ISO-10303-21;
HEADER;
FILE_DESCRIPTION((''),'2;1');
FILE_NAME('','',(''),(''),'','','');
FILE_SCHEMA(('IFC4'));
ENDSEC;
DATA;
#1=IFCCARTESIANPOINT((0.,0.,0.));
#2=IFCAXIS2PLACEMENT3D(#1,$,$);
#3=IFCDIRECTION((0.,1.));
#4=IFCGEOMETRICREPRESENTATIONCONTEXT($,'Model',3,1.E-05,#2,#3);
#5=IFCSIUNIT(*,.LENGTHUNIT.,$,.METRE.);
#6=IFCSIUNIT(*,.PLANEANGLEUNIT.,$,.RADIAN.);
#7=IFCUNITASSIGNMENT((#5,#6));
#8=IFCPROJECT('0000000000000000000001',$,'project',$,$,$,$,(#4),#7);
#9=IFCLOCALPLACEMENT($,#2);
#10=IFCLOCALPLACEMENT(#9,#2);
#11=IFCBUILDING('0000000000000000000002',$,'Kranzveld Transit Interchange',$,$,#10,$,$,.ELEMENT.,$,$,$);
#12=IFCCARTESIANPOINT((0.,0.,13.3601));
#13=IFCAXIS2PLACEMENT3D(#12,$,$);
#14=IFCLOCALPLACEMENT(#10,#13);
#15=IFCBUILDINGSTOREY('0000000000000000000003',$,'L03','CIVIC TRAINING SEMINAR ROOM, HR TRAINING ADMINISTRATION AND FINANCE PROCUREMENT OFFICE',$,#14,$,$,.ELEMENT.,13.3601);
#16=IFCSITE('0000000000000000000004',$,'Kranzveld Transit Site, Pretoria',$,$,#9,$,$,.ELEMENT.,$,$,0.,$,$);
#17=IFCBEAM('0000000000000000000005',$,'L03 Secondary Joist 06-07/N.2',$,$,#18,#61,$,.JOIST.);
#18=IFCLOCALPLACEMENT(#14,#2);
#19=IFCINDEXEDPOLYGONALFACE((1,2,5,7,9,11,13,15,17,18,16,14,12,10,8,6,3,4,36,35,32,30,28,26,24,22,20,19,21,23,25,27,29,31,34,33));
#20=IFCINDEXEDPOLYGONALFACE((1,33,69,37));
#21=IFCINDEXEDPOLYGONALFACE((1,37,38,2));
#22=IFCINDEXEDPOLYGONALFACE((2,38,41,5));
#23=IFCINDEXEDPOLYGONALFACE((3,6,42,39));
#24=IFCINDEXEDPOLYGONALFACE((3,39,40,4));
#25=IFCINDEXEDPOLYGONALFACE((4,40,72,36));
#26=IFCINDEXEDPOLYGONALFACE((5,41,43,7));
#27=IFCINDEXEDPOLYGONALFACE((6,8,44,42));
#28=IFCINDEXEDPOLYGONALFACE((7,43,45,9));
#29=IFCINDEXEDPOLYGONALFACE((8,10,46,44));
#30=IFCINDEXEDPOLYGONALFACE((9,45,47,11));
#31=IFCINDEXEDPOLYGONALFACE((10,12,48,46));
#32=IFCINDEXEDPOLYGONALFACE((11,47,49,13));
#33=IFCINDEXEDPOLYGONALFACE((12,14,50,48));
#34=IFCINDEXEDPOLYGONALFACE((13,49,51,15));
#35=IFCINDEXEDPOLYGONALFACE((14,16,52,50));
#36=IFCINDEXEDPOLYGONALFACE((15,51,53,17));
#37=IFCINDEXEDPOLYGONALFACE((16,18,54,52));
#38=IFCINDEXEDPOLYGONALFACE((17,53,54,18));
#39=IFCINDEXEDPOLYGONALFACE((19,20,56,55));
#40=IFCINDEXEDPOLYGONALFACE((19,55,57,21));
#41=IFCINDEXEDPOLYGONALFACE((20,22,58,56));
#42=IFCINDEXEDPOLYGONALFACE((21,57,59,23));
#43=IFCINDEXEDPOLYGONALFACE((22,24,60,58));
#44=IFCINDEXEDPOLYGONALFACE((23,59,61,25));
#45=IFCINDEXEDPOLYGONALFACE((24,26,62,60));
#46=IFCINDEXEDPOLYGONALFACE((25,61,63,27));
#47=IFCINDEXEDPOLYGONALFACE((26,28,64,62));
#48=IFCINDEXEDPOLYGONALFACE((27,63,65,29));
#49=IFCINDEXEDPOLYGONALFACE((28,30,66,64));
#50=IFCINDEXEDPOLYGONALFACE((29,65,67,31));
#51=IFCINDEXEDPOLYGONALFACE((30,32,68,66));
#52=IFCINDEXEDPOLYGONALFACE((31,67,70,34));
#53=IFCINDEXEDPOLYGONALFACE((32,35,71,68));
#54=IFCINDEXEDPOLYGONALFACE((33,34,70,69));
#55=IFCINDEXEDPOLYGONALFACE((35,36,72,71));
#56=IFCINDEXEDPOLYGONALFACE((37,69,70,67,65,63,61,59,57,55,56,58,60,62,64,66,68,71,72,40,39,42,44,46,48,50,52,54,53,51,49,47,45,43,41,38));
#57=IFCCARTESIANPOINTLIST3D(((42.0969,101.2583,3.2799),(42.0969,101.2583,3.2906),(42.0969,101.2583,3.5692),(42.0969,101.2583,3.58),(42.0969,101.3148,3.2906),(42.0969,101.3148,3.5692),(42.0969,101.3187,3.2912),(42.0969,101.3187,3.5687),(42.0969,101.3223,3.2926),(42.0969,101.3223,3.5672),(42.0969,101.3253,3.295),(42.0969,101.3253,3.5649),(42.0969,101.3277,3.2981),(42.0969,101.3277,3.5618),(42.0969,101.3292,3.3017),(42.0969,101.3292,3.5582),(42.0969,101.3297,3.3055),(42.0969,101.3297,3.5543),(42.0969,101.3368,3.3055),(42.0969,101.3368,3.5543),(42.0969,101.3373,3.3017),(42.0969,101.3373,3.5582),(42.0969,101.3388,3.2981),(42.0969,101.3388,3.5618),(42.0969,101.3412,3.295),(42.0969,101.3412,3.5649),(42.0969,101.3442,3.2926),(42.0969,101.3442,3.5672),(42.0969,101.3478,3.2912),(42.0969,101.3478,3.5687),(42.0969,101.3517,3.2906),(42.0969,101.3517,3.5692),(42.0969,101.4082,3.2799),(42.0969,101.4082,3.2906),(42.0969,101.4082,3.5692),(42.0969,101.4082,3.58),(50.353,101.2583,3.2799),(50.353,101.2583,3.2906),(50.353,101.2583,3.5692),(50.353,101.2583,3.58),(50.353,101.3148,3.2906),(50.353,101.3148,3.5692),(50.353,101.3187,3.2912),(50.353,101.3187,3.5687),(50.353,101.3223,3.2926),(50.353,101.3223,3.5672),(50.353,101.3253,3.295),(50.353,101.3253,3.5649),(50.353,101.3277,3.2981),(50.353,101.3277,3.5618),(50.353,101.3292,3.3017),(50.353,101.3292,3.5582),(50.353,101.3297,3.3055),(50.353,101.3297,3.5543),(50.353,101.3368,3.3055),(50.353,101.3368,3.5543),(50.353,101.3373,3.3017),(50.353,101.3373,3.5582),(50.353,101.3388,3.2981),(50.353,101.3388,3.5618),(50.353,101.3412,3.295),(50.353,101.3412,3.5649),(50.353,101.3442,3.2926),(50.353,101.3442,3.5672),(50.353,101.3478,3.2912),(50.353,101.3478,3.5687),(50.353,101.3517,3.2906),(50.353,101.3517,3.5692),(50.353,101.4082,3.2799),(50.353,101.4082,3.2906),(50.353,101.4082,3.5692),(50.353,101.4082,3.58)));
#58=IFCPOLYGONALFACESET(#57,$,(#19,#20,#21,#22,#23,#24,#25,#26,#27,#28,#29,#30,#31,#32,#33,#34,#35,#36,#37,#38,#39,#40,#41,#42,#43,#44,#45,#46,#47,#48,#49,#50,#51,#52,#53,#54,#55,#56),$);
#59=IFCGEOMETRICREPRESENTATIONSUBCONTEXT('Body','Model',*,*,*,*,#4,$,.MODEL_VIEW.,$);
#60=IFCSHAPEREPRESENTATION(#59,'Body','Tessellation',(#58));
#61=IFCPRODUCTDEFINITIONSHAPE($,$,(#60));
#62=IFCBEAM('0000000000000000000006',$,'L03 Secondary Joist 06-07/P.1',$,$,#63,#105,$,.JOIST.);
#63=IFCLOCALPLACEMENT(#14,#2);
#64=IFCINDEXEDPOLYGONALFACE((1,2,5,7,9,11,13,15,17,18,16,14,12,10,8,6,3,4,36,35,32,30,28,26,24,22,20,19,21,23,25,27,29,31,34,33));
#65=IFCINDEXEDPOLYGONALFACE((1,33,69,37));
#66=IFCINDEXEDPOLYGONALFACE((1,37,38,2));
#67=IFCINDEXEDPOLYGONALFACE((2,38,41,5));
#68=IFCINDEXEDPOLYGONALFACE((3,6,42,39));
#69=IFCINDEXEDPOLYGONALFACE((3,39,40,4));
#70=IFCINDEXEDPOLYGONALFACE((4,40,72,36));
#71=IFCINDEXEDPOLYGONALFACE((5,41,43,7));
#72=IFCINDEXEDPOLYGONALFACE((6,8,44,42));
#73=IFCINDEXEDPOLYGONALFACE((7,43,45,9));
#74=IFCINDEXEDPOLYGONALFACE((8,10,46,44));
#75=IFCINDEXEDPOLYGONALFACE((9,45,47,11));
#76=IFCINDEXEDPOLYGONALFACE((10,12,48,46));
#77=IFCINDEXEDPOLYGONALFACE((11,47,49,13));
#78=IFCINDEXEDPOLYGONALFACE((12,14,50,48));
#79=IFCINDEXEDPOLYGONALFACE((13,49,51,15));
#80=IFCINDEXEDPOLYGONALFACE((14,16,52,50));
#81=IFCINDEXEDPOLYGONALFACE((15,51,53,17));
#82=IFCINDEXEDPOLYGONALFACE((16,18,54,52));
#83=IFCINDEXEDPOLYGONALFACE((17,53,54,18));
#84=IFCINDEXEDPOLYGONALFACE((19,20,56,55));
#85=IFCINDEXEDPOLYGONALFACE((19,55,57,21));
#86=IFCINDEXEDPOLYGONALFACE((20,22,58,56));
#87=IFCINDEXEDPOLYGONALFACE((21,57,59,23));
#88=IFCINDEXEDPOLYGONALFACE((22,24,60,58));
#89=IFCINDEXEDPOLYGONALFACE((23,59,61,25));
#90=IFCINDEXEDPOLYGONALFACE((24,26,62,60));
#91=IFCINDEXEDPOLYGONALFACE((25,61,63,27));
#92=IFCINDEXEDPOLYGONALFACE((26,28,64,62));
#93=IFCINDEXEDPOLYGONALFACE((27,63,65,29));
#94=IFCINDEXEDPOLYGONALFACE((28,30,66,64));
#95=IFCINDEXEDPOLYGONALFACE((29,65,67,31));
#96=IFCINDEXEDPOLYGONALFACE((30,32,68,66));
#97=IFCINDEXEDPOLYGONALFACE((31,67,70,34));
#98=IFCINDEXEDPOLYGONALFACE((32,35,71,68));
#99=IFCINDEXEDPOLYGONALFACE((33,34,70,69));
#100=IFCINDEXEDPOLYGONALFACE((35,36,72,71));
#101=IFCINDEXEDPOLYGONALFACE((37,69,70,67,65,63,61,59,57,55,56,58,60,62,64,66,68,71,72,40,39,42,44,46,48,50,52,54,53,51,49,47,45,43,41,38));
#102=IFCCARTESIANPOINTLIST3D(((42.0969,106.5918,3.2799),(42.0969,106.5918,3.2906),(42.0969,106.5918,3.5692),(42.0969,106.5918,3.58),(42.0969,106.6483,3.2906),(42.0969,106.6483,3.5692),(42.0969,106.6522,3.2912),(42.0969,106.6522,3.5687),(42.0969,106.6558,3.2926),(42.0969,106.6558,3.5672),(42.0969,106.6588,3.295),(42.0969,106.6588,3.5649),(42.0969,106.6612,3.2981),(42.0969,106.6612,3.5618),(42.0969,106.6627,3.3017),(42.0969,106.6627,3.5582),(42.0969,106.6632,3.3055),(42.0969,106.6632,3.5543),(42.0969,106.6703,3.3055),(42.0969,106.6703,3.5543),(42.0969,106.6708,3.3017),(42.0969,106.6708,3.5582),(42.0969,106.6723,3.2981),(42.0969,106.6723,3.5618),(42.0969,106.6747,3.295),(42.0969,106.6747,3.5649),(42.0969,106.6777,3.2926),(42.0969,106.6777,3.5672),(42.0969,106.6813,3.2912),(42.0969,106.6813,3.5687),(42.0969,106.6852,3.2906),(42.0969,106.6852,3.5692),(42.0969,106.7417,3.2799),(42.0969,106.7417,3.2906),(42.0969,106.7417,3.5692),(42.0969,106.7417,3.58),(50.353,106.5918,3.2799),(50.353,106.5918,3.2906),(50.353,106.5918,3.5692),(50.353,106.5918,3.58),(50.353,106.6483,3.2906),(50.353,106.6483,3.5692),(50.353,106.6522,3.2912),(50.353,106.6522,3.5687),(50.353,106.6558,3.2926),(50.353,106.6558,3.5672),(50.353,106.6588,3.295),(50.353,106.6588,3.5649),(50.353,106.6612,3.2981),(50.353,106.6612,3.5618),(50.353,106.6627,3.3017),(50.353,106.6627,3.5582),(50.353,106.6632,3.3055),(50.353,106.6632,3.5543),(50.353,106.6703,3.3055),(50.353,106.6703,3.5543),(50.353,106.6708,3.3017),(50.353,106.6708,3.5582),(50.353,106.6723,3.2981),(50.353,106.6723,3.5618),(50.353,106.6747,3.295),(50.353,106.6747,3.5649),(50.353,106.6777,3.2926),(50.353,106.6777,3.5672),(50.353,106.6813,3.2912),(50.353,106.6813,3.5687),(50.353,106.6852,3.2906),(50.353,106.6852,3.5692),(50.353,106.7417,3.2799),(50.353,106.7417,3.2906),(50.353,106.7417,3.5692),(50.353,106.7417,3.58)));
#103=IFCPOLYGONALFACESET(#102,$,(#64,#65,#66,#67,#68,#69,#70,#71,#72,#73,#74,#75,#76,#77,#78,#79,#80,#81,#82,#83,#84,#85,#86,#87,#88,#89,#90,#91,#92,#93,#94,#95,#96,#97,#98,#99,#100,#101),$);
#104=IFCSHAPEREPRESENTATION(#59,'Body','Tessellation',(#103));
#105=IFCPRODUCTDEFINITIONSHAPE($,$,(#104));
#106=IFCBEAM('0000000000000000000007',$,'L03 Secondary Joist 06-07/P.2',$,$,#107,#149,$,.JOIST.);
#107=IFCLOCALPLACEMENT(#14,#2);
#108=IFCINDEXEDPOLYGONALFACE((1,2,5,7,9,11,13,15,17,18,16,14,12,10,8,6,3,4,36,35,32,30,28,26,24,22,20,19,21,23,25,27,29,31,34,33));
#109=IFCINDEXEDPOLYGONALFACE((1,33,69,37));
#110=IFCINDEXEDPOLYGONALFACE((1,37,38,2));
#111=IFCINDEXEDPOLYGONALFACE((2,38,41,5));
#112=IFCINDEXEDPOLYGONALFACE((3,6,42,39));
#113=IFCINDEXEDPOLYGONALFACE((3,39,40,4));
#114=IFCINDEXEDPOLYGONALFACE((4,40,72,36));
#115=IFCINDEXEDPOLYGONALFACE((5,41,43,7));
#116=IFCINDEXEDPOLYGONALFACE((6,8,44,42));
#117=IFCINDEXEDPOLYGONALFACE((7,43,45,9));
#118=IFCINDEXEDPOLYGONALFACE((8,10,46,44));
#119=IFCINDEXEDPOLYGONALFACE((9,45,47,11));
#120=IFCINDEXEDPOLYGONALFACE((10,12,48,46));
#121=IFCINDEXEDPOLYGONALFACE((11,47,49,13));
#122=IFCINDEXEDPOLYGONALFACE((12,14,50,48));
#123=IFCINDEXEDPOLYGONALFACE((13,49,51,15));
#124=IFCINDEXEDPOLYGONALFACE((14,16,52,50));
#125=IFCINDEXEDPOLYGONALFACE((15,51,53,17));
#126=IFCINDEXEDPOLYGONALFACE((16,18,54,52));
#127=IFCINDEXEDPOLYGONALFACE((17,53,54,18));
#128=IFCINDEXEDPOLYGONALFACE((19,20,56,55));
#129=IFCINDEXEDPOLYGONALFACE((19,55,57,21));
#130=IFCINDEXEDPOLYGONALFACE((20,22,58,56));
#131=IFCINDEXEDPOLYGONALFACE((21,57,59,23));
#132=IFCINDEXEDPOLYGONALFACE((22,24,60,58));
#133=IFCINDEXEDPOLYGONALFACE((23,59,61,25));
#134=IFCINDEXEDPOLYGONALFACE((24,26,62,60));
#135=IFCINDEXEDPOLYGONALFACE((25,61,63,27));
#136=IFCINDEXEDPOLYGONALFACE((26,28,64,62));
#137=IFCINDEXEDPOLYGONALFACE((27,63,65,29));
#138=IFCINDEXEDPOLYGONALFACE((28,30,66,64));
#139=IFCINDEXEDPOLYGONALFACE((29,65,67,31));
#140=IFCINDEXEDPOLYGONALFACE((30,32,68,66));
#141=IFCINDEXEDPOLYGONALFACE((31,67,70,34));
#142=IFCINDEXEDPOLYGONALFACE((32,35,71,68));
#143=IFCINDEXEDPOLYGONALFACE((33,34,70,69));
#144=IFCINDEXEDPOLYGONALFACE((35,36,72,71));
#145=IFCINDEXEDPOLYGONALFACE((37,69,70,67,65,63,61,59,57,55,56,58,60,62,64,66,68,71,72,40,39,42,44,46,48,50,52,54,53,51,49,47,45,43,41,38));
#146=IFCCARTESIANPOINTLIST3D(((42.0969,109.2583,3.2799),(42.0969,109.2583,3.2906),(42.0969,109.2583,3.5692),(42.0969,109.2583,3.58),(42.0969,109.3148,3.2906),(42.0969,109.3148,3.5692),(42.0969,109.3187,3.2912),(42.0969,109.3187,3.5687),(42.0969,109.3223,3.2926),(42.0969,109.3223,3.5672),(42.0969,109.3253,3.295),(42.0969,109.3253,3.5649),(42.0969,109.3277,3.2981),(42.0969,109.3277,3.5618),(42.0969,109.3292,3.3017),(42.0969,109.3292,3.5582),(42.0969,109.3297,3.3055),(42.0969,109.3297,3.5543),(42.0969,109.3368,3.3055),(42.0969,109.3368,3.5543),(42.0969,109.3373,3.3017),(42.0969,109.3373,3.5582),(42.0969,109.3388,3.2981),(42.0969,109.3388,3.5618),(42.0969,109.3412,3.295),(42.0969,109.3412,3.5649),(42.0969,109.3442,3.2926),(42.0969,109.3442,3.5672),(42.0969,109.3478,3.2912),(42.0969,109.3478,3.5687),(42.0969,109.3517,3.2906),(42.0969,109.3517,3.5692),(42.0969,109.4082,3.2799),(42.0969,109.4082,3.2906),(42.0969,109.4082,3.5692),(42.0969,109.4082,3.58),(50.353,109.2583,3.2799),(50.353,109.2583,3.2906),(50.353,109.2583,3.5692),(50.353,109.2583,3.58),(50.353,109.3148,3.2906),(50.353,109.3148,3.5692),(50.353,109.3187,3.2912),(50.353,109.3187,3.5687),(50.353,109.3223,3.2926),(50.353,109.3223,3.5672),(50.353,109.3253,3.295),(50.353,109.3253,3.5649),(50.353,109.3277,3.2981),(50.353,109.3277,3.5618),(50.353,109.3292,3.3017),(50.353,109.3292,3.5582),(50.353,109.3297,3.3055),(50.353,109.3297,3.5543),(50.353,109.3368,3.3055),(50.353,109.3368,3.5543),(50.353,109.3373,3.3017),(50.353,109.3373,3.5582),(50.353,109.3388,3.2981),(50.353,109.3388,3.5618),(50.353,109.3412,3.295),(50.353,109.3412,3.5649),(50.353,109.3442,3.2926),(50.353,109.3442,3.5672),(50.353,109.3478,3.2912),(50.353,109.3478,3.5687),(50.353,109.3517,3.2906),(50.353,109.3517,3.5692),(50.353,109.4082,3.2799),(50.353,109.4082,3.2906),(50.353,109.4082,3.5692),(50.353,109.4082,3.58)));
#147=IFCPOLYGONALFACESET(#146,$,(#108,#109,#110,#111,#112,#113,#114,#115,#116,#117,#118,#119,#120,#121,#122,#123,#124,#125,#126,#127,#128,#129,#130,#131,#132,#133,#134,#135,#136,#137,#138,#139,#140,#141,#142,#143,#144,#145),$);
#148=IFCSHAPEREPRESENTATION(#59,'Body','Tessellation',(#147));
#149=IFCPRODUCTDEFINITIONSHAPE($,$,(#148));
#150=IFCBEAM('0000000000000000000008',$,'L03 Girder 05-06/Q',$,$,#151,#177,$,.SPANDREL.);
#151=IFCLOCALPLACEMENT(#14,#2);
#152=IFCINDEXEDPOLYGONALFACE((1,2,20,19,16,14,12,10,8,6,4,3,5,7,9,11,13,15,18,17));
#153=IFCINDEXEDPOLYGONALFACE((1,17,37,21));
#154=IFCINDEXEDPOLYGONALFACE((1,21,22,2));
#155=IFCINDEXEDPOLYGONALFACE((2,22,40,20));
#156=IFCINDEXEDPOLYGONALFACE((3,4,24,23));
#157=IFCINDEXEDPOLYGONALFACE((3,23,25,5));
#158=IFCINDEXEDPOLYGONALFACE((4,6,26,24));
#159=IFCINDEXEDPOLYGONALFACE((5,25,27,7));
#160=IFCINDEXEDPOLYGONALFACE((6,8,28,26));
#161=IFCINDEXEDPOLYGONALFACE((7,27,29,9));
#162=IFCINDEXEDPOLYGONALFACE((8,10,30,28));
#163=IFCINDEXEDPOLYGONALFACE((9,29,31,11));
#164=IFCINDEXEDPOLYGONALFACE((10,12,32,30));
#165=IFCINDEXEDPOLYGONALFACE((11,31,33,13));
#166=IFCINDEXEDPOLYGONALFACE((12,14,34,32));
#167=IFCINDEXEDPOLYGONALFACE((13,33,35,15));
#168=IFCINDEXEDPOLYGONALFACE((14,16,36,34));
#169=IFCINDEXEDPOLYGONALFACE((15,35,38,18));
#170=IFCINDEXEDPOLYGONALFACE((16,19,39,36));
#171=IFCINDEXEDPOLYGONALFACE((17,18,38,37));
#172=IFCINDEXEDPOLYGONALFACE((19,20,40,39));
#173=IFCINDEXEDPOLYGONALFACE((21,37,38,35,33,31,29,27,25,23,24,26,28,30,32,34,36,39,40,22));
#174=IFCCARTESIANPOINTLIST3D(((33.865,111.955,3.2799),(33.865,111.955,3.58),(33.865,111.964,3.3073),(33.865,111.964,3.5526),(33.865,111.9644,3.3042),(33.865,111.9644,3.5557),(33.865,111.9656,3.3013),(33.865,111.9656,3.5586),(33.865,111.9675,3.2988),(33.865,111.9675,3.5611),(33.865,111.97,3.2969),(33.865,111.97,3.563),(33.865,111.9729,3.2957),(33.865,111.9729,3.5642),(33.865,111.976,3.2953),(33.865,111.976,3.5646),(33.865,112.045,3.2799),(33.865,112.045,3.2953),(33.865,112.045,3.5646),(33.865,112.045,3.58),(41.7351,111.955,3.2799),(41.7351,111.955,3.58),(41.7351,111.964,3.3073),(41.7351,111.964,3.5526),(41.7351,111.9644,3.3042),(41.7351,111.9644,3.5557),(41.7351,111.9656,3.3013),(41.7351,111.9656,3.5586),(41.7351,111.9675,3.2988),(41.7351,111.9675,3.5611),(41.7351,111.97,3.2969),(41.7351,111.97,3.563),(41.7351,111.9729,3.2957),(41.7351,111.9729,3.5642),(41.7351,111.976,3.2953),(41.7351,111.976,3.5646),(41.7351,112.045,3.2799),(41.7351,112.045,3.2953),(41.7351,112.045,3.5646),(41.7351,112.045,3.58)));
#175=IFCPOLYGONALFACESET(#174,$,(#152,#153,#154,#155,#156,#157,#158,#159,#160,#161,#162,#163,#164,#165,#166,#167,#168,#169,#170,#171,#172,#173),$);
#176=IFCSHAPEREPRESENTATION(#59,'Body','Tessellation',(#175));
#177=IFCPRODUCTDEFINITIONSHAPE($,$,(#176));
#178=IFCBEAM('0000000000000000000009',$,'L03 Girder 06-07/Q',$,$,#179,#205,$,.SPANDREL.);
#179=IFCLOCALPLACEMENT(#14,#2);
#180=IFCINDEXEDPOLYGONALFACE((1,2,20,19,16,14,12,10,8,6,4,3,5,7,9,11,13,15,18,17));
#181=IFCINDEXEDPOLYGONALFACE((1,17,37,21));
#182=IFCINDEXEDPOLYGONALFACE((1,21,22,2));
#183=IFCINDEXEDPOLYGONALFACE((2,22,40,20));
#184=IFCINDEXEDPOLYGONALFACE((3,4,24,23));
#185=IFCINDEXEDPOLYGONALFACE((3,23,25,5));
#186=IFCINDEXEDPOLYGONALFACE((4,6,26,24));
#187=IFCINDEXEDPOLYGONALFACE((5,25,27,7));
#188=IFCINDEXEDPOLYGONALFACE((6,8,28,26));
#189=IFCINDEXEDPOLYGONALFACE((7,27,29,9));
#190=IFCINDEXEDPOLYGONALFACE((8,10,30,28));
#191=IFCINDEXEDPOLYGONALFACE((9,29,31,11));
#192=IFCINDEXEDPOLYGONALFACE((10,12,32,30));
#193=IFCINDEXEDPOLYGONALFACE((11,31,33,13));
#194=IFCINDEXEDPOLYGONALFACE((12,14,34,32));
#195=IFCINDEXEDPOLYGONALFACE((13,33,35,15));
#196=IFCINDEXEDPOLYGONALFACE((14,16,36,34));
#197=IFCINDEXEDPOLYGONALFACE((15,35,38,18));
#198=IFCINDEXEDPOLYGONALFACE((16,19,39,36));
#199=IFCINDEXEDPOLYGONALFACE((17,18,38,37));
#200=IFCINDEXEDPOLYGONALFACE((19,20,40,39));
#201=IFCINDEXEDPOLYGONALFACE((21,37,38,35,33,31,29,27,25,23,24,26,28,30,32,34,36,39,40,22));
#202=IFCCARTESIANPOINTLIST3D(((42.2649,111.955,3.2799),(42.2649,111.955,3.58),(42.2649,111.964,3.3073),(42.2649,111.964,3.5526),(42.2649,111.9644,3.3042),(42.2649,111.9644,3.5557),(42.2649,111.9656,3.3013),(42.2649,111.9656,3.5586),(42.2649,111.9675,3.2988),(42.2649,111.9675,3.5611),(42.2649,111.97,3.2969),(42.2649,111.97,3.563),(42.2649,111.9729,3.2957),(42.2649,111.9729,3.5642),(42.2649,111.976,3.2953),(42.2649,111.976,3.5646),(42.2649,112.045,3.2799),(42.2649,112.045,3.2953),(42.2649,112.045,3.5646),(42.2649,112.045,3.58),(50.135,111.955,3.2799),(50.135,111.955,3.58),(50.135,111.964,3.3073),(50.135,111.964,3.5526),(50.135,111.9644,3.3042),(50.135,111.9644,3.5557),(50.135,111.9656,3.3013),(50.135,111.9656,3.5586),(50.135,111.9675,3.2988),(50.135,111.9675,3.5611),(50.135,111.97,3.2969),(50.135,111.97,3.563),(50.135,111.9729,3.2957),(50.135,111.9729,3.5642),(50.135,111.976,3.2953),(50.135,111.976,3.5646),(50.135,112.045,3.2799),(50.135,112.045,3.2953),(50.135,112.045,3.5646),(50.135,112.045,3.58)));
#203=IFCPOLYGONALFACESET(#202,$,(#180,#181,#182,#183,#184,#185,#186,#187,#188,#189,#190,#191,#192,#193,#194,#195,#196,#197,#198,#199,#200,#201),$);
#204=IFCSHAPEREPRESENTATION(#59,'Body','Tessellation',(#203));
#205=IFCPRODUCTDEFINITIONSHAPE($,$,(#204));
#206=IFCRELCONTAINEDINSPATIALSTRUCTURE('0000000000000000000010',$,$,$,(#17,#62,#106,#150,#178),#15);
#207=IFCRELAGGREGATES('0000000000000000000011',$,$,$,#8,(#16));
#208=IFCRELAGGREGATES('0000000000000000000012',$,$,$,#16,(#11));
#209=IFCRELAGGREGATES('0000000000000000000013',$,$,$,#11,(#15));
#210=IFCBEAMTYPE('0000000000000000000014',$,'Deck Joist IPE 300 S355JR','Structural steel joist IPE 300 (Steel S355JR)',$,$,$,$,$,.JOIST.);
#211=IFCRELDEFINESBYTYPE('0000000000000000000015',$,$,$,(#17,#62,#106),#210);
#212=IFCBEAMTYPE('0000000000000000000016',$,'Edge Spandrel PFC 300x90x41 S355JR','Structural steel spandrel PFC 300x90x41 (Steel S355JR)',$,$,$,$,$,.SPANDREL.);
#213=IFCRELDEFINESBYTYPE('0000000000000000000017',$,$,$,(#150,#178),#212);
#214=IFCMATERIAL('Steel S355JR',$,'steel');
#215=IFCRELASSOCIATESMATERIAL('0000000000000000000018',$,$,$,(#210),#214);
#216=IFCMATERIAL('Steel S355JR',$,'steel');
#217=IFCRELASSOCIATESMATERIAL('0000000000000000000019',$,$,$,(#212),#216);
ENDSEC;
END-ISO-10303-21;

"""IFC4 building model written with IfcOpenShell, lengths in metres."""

from ifc_helpers import new_model, si_unit, direction, frame, origin, origin_2d, place, context, subcontext, project, spatial, i_section, u_section, extrude, material, material_profile, profile_set, type_object, element, save


model = new_model("IFC4")

# Units and contexts
model_context = context("Model", 3, precision=1e-05, world=origin(), true_north=direction((0.0, 1.0)))
body_context = subcontext(model_context, "Body", "Model", "MODEL_VIEW")
ifc_project = project(units=[si_unit("LENGTHUNIT", "METRE"), si_unit("PLANEANGLEUNIT", "RADIAN")], contexts=[model_context])

# Site, building, storey
site_placement = place(None, origin())
site = spatial("IfcSite", under=ifc_project, at=site_placement, Name="Kranzveld Transit Site, Pretoria", CompositionType="ELEMENT", RefElevation=0.0)
building_placement = place(site_placement, origin())
building = spatial("IfcBuilding", under=site, at=building_placement, Name="Kranzveld Transit Interchange", CompositionType="ELEMENT")
storey_placement = place(building_placement, frame((0.0, 0.0, 13.3601)))
storey = spatial("IfcBuildingStorey", under=building, at=storey_placement, Name="L03", Description="CIVIC TRAINING SEMINAR ROOM, HR TRAINING ADMINISTRATION AND FINANCE PROCUREMENT OFFICE", CompositionType="ELEMENT", Elevation=13.3601)

# Beams
ifc_material_1 = material(Name="Steel S355JR", Category="steel")
ifc_material_profile_1 = material_profile(ifc_material_1, i_section(OverallWidth=0.1499, OverallDepth=0.3, WebThickness=0.0071, FlangeThickness=0.0107, FilletRadius=0.0149, at=origin_2d()), Name="IPE 300")
ifc_profile_set_1 = profile_set([ifc_material_profile_1], Name="Steel S355JR")
beam_type_1 = type_object("IfcBeamType", Name="Deck Joist IPE 300 S355JR", Description="Structural steel joist IPE 300 (Steel S355JR)", PredefinedType="JOIST", material=ifc_profile_set_1)
for number, where, z_axis, x_axis, name in (
    (1, (42.0969, 101.3333, 3.4299), (1.0, 0.0, 0.0), (0.0, 1.0, 0.0), "L03 Secondary Joist 06-07/N.2"),
    (2, (42.0969, 106.6667, 3.4299), (1.0, 0.0, 0.0), (0.0, 1.0, 0.0), "L03 Secondary Joist 06-07/P.1"),
    (3, (42.0969, 109.3333, 3.4299), (1.0, 0.0, 0.0), (0.0, 1.0, 0.0), "L03 Secondary Joist 06-07/P.2"),
):
    element("IfcBeam", number, at=place(storey_placement, frame(where, z_axis=z_axis, x_axis=x_axis)), inside=storey, type_object=beam_type_1, Name=name, PredefinedType="JOIST", context=body_context, shape_type="SweptSolid", body=[
        extrude(i_section(OverallWidth=0.1499, OverallDepth=0.3, WebThickness=0.0071, FlangeThickness=0.0107, FilletRadius=0.0149, at=origin_2d()), origin(), (0.0, 0.0, 1.0), 8.2561),
    ])
ifc_material_2 = material(Name="Steel S355JR", Category="steel")
ifc_material_profile_2 = material_profile(ifc_material_2, u_section(Depth=0.3, FlangeWidth=0.0901, WebThickness=0.009, FlangeThickness=0.0154, FilletRadius=0.012, at=origin_2d()), Name="PFC 300x90x41")
ifc_profile_set_2 = profile_set([ifc_material_profile_2], Name="Steel S355JR")
beam_type_2 = type_object("IfcBeamType", Name="Edge Spandrel PFC 300x90x41 S355JR", Description="Structural steel spandrel PFC 300x90x41 (Steel S355JR)", PredefinedType="SPANDREL", material=ifc_profile_set_2)
for number, where, z_axis, x_axis, name in (
    (4, (33.865, 112.0, 3.4299), (1.0, 0.0, 0.0), (0.0, 1.0, 0.0), "L03 Girder 05-06/Q"),
    (5, (42.2649, 112.0, 3.4299), (1.0, 0.0, 0.0), (0.0, 1.0, 0.0), "L03 Girder 06-07/Q"),
):
    element("IfcBeam", number, at=place(storey_placement, frame(where, z_axis=z_axis, x_axis=x_axis)), inside=storey, type_object=beam_type_2, Name=name, PredefinedType="SPANDREL", context=body_context, shape_type="SweptSolid", body=[
        extrude(u_section(Depth=0.3, FlangeWidth=0.0901, WebThickness=0.009, FlangeThickness=0.0154, FilletRadius=0.012, at=origin_2d()), origin(), (0.0, 0.0, 1.0), 7.8701),
    ])

save(model, "model.ifc")
